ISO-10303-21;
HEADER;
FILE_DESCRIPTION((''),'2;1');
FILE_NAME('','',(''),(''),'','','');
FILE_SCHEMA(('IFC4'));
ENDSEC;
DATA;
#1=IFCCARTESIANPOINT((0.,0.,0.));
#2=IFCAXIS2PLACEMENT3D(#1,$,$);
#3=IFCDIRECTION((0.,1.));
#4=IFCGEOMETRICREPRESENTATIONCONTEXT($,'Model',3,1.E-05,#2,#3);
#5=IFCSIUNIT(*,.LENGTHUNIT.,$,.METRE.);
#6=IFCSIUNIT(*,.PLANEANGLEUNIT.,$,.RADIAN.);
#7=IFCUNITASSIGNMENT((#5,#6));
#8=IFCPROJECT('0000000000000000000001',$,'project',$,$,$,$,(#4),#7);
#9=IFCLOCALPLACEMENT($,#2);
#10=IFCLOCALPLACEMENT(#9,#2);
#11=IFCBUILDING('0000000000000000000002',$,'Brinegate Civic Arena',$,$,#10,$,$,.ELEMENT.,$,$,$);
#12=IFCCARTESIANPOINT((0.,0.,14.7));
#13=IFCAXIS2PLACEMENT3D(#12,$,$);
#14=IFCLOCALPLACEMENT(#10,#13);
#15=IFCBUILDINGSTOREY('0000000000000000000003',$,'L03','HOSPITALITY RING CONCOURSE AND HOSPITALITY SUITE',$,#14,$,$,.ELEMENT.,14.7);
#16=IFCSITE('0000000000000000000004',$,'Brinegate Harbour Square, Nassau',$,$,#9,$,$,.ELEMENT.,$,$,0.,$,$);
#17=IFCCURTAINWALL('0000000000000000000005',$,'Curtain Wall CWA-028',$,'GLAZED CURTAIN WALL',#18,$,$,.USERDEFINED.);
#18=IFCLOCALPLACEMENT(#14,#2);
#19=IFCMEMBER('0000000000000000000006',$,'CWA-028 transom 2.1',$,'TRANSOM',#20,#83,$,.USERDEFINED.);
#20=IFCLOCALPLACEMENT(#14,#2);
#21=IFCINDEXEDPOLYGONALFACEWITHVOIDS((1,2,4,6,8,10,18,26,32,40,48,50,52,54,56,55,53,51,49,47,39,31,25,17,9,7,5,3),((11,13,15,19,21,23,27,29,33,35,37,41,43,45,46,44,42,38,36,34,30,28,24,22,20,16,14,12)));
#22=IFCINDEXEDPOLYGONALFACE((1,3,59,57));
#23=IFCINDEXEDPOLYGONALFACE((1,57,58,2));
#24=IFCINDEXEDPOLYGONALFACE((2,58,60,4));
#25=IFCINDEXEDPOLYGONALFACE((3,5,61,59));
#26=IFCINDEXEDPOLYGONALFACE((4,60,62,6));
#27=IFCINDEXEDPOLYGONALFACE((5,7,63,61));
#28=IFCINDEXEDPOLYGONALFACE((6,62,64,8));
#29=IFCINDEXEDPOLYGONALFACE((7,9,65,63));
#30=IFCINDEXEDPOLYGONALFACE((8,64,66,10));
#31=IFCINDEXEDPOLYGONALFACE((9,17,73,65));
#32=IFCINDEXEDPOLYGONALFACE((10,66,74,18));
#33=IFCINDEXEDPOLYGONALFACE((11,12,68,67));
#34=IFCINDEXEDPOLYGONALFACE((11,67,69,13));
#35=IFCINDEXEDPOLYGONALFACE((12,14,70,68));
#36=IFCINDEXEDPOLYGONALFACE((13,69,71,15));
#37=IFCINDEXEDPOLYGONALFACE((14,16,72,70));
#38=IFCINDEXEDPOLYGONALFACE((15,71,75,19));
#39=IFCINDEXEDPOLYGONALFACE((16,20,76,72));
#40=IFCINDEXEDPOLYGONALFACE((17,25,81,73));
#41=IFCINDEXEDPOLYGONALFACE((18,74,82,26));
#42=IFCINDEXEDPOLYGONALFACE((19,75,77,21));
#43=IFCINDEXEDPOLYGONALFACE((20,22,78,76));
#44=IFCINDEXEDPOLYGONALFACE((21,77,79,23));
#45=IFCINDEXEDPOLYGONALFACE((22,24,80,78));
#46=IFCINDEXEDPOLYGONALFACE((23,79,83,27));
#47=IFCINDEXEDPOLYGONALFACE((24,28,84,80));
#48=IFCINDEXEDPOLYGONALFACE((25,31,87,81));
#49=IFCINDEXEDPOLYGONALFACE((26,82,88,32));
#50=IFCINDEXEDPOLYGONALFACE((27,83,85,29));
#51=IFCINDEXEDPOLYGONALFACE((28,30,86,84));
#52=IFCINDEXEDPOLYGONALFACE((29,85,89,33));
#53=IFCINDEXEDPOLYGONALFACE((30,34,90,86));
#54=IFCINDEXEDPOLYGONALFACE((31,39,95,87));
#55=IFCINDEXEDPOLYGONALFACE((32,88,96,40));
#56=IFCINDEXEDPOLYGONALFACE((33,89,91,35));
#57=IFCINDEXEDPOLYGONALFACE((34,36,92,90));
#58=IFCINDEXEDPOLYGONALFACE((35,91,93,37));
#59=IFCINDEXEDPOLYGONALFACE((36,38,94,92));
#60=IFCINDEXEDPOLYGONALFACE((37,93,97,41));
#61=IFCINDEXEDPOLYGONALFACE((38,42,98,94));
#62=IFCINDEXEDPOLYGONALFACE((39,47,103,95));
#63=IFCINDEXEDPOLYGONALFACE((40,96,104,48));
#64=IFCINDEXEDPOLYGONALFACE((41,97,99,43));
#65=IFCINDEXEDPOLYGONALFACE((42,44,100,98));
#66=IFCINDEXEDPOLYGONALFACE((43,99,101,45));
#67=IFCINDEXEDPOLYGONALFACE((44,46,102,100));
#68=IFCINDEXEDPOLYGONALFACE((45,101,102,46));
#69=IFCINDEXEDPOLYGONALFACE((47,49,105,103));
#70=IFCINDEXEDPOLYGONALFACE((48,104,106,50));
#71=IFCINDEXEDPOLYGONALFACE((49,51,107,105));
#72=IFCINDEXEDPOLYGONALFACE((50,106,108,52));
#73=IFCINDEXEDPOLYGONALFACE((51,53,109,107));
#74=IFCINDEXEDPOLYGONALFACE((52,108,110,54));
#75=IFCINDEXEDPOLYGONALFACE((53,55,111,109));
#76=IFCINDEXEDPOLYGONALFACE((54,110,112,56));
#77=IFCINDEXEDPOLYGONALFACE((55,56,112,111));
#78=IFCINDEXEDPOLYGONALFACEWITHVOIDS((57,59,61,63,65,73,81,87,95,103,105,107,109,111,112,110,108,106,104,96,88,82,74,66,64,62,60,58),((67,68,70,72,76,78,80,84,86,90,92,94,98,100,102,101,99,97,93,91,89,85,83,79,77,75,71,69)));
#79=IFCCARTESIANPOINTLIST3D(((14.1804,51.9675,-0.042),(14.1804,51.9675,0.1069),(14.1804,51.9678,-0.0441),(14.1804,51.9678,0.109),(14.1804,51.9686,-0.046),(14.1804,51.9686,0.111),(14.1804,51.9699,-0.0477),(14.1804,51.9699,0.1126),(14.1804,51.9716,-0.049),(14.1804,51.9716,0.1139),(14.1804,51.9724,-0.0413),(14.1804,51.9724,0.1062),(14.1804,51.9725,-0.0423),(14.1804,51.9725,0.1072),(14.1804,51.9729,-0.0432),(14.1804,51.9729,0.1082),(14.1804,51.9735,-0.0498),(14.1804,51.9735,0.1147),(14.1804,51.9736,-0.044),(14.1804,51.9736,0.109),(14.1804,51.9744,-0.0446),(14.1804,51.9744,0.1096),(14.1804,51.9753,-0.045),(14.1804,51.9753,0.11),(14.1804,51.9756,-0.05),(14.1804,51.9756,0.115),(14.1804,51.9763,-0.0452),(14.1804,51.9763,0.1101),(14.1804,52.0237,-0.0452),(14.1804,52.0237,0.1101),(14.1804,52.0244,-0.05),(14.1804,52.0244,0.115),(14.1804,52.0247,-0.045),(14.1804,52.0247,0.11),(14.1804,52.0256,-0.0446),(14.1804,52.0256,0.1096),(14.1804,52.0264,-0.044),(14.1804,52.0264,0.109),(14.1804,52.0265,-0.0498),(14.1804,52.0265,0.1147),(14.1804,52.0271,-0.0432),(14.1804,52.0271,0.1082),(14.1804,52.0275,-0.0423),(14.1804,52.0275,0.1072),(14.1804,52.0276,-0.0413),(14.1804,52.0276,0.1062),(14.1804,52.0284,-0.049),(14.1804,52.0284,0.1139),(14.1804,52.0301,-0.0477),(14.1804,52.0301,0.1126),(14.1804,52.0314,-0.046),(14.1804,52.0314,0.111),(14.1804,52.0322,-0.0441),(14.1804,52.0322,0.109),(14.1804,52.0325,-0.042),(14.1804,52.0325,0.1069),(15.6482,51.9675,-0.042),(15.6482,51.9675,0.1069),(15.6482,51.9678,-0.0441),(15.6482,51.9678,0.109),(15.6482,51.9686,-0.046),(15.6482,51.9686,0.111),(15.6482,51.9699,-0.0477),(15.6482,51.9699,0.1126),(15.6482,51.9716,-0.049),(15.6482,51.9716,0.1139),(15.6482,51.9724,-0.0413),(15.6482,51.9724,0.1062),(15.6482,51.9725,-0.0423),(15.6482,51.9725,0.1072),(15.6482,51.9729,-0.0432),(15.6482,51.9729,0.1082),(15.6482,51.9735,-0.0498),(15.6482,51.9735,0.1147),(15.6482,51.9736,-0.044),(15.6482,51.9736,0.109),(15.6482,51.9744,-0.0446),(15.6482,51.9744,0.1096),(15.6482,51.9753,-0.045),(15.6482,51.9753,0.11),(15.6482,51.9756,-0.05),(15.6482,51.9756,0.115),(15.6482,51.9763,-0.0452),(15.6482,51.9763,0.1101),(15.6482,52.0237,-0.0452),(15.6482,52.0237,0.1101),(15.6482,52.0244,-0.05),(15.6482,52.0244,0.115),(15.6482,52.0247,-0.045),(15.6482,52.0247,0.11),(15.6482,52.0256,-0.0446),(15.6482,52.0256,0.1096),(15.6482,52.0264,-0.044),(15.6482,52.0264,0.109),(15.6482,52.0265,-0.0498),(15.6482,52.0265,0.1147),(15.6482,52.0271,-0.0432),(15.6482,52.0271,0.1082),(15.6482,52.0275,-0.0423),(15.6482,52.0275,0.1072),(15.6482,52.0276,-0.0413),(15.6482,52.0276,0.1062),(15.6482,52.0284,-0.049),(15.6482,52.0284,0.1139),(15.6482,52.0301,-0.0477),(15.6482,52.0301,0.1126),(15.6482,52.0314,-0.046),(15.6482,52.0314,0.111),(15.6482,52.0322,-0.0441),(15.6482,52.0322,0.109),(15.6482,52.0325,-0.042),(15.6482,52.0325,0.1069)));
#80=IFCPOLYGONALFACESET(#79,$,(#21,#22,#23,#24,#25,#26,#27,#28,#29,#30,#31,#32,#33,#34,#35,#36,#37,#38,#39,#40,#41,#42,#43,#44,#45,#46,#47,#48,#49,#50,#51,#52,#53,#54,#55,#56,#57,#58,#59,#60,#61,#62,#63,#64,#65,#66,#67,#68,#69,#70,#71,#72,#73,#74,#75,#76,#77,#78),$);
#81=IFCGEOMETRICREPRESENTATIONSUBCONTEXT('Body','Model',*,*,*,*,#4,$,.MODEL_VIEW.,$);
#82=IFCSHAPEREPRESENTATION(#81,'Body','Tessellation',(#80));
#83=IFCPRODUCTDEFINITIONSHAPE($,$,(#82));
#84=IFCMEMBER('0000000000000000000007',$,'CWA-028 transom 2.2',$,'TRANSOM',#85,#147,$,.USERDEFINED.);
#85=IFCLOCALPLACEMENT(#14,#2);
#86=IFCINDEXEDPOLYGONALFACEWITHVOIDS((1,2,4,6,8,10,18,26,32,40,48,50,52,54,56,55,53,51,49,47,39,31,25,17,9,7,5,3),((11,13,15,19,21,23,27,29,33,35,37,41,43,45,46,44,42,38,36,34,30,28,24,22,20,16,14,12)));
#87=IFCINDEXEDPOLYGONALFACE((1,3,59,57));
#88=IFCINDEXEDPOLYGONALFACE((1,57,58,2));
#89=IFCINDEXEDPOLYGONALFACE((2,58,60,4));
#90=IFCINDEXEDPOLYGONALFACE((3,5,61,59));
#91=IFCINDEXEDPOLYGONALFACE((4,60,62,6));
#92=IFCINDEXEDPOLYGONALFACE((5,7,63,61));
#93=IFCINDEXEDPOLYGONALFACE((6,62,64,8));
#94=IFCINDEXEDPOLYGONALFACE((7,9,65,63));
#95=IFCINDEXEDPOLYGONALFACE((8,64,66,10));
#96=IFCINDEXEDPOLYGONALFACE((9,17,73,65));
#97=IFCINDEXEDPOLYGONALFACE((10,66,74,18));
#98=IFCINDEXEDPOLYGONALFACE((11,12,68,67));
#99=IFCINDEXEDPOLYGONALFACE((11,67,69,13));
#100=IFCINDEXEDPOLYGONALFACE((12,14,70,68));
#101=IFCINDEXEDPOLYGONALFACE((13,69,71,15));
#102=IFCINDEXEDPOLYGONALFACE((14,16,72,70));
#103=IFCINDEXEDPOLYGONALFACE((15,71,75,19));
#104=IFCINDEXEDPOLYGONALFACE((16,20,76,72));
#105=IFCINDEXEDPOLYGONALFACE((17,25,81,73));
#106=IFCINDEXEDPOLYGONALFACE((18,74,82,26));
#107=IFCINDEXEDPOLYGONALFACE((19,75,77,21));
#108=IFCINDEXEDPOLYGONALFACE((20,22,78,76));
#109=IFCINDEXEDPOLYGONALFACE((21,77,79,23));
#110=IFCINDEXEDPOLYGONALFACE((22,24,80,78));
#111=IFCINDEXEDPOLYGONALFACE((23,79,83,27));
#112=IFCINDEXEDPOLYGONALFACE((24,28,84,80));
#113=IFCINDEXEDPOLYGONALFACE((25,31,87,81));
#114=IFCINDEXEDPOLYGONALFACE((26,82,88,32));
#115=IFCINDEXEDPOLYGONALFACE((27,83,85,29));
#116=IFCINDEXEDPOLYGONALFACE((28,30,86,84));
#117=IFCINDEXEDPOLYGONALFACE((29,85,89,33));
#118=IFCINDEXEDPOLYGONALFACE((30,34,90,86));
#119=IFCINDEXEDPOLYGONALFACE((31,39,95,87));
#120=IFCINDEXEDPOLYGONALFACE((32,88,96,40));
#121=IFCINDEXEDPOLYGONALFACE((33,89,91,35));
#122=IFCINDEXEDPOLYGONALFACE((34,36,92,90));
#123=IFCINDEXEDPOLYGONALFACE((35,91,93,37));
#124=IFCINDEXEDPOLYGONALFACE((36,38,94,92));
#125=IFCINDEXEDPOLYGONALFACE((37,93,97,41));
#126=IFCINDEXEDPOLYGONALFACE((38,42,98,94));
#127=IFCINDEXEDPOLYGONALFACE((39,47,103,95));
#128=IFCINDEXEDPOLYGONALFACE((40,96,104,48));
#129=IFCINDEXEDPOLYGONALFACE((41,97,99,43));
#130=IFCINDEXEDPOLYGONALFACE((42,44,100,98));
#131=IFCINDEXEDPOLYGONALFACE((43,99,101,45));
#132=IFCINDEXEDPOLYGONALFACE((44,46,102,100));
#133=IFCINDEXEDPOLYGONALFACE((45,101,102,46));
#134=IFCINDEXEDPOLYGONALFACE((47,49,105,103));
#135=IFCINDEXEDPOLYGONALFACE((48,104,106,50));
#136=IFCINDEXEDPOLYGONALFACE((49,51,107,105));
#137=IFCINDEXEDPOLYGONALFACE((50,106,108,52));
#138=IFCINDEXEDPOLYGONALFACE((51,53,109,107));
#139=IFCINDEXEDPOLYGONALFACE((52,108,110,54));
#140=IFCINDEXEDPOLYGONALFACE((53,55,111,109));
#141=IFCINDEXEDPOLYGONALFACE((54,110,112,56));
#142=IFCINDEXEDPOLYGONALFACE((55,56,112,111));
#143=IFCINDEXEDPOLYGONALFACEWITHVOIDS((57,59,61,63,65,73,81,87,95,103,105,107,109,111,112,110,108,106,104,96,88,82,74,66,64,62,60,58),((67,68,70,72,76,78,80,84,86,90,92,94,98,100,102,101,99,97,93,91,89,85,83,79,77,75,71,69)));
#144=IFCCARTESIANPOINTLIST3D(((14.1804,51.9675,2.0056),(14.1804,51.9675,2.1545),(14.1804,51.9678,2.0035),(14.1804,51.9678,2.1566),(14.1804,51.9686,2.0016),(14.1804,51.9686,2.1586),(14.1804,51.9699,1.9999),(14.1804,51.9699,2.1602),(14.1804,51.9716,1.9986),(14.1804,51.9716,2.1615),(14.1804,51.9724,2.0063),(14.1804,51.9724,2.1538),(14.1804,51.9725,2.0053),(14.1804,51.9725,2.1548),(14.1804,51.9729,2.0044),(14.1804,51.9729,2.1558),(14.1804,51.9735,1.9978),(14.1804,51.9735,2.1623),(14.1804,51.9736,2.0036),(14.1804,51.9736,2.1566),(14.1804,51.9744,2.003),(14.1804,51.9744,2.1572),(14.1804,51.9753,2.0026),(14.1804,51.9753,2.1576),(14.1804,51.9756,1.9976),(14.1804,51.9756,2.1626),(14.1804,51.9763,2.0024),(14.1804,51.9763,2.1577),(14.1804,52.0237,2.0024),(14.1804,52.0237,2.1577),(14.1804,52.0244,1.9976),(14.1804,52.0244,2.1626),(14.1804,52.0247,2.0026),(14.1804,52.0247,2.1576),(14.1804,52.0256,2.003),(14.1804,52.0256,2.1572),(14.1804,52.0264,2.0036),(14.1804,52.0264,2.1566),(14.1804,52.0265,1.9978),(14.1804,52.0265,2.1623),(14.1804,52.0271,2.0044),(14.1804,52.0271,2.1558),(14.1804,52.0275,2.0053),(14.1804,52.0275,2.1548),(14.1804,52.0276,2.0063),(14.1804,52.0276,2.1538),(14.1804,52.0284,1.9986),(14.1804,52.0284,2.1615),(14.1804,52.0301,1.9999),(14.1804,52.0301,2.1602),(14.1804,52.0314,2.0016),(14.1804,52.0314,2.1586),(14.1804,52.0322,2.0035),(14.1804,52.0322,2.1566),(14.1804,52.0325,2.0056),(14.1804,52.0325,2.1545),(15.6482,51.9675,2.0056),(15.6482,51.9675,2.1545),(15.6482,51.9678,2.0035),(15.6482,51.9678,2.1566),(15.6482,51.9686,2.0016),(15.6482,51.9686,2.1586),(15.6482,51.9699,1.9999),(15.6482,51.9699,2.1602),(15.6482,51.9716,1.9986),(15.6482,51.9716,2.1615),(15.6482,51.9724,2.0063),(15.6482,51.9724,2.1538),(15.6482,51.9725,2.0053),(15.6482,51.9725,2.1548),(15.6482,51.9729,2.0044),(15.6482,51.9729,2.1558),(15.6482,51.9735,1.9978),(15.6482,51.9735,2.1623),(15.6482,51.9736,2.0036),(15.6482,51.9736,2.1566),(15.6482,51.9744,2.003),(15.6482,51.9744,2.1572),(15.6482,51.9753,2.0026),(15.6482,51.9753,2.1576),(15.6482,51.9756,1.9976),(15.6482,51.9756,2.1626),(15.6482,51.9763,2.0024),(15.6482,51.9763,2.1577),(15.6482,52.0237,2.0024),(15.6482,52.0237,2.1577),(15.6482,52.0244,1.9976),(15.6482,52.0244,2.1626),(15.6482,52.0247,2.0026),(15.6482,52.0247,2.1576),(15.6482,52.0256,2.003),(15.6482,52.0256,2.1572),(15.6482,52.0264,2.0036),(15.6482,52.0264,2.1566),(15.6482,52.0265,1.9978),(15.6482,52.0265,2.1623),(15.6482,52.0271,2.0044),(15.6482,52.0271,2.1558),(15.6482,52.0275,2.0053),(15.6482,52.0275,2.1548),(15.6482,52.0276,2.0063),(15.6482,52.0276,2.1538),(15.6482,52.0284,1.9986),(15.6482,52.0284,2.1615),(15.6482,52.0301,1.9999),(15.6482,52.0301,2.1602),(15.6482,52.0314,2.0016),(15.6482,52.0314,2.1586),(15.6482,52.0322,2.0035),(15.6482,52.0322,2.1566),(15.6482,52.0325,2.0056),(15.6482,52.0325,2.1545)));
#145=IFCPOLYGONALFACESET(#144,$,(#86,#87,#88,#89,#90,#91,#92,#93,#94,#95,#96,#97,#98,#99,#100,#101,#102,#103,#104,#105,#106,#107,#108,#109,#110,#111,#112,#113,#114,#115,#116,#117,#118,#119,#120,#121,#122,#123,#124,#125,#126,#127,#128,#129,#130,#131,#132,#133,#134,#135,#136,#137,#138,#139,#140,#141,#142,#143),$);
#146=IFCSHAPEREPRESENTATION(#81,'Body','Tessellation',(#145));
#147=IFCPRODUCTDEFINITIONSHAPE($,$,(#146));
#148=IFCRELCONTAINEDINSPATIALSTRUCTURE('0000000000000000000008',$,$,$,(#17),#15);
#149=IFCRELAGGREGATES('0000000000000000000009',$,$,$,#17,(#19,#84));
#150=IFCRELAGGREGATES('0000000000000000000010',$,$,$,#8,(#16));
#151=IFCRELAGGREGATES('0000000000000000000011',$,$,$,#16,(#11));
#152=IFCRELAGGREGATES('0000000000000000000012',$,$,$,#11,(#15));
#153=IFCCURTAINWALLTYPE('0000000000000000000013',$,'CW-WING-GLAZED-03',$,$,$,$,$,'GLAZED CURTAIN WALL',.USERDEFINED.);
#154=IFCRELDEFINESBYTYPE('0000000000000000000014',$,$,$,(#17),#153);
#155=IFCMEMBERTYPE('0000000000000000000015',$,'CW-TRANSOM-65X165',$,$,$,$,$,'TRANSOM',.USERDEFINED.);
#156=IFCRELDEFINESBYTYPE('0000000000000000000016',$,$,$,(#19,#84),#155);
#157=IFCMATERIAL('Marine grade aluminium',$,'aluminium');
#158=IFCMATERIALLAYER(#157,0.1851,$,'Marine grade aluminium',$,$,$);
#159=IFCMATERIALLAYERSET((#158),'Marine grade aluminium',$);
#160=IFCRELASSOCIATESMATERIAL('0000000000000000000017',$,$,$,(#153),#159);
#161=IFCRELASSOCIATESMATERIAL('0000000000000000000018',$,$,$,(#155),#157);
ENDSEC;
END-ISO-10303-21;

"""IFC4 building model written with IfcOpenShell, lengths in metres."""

from ifc_helpers import new_model, si_unit, direction, frame, origin, origin_2d, place, context, subcontext, project, spatial, hollow_rectangle, extrude, material, layer, layer_set, material_profile, profile_set, type_object, element, aggregate, save


model = new_model("IFC4")

# Units and contexts
model_context = context("Model", 3, precision=1e-05, world=origin(), true_north=direction((0.0, 1.0)))
body_context = subcontext(model_context, "Body", "Model", "MODEL_VIEW")
ifc_project = project(units=[si_unit("LENGTHUNIT", "METRE"), si_unit("PLANEANGLEUNIT", "RADIAN")], contexts=[model_context])

# Site, building, storey
site_placement = place(None, origin())
site = spatial("IfcSite", under=ifc_project, at=site_placement, Name="Brinegate Harbour Square, Nassau", CompositionType="ELEMENT", RefElevation=0.0)
building_placement = place(site_placement, origin())
building = spatial("IfcBuilding", under=site, at=building_placement, Name="Brinegate Civic Arena", CompositionType="ELEMENT")
storey_placement = place(building_placement, frame((0.0, 0.0, 14.7)))
storey = spatial("IfcBuildingStorey", under=building, at=storey_placement, Name="L03", Description="HOSPITALITY RING CONCOURSE AND HOSPITALITY SUITE", CompositionType="ELEMENT", Elevation=14.7)

# Curtain wall, members
ifc_material_1 = material(Name="Marine grade aluminium", Category="aluminium")
ifc_layer_1 = layer(ifc_material_1, 0.1851, Name="Marine grade aluminium")
ifc_layer_set_1 = layer_set([ifc_layer_1], Name="Marine grade aluminium")
curtain_wall_type = type_object("IfcCurtainWallType", Name="CW-WING-GLAZED-03", ElementType="GLAZED CURTAIN WALL", PredefinedType="USERDEFINED", material=ifc_layer_set_1)
curtain_wall_placement = place(storey_placement, origin())
curtain_wall = element("IfcCurtainWall", 1, at=curtain_wall_placement, inside=storey, type_object=curtain_wall_type, Name="Curtain Wall CWA-028", ObjectType="GLAZED CURTAIN WALL", PredefinedType="USERDEFINED")
ifc_material_profile_1 = material_profile(ifc_material_1, hollow_rectangle(XDim=0.0649, YDim=0.165, WallThickness=0.0049, InnerFilletRadius=0.0039, OuterFilletRadius=0.0081, at=origin_2d()), Name="TRN65X165")
ifc_profile_set_1 = profile_set([ifc_material_profile_1], Name="Marine grade aluminium")
member_type_1 = type_object("IfcMemberType", Name="CW-TRANSOM-65X165", ElementType="TRANSOM", PredefinedType="USERDEFINED", material=ifc_profile_set_1)
member_1_placement = place(storey_placement, frame((14.1804, 52.0, 0.0325), z_axis=(1.0, 0.0, 0.0), x_axis=(0.0, 1.0, 0.0)))
member_1 = element("IfcMember", 2, at=member_1_placement, type_object=member_type_1, Name="CWA-028 transom 2.1", ObjectType="TRANSOM", PredefinedType="USERDEFINED", context=body_context, shape_type="SweptSolid", body=[
    extrude(hollow_rectangle(XDim=0.0649, YDim=0.165, WallThickness=0.0049, InnerFilletRadius=0.0039, OuterFilletRadius=0.0081, at=origin_2d()), origin(), (0.0, 0.0, 1.0), 1.4678),
])
member_2_placement = place(storey_placement, frame((14.1804, 52.0, 2.0801), z_axis=(1.0, 0.0, 0.0), x_axis=(0.0, 1.0, 0.0)))
member_2 = element("IfcMember", 3, at=member_2_placement, type_object=member_type_1, Name="CWA-028 transom 2.2", ObjectType="TRANSOM", PredefinedType="USERDEFINED", context=body_context, shape_type="SweptSolid", body=[
    extrude(hollow_rectangle(XDim=0.0649, YDim=0.165, WallThickness=0.0049, InnerFilletRadius=0.0039, OuterFilletRadius=0.0081, at=origin_2d()), origin(), (0.0, 0.0, 1.0), 1.4678),
])

aggregate(curtain_wall, [member_1, member_2])

save(model, "model.ifc")
